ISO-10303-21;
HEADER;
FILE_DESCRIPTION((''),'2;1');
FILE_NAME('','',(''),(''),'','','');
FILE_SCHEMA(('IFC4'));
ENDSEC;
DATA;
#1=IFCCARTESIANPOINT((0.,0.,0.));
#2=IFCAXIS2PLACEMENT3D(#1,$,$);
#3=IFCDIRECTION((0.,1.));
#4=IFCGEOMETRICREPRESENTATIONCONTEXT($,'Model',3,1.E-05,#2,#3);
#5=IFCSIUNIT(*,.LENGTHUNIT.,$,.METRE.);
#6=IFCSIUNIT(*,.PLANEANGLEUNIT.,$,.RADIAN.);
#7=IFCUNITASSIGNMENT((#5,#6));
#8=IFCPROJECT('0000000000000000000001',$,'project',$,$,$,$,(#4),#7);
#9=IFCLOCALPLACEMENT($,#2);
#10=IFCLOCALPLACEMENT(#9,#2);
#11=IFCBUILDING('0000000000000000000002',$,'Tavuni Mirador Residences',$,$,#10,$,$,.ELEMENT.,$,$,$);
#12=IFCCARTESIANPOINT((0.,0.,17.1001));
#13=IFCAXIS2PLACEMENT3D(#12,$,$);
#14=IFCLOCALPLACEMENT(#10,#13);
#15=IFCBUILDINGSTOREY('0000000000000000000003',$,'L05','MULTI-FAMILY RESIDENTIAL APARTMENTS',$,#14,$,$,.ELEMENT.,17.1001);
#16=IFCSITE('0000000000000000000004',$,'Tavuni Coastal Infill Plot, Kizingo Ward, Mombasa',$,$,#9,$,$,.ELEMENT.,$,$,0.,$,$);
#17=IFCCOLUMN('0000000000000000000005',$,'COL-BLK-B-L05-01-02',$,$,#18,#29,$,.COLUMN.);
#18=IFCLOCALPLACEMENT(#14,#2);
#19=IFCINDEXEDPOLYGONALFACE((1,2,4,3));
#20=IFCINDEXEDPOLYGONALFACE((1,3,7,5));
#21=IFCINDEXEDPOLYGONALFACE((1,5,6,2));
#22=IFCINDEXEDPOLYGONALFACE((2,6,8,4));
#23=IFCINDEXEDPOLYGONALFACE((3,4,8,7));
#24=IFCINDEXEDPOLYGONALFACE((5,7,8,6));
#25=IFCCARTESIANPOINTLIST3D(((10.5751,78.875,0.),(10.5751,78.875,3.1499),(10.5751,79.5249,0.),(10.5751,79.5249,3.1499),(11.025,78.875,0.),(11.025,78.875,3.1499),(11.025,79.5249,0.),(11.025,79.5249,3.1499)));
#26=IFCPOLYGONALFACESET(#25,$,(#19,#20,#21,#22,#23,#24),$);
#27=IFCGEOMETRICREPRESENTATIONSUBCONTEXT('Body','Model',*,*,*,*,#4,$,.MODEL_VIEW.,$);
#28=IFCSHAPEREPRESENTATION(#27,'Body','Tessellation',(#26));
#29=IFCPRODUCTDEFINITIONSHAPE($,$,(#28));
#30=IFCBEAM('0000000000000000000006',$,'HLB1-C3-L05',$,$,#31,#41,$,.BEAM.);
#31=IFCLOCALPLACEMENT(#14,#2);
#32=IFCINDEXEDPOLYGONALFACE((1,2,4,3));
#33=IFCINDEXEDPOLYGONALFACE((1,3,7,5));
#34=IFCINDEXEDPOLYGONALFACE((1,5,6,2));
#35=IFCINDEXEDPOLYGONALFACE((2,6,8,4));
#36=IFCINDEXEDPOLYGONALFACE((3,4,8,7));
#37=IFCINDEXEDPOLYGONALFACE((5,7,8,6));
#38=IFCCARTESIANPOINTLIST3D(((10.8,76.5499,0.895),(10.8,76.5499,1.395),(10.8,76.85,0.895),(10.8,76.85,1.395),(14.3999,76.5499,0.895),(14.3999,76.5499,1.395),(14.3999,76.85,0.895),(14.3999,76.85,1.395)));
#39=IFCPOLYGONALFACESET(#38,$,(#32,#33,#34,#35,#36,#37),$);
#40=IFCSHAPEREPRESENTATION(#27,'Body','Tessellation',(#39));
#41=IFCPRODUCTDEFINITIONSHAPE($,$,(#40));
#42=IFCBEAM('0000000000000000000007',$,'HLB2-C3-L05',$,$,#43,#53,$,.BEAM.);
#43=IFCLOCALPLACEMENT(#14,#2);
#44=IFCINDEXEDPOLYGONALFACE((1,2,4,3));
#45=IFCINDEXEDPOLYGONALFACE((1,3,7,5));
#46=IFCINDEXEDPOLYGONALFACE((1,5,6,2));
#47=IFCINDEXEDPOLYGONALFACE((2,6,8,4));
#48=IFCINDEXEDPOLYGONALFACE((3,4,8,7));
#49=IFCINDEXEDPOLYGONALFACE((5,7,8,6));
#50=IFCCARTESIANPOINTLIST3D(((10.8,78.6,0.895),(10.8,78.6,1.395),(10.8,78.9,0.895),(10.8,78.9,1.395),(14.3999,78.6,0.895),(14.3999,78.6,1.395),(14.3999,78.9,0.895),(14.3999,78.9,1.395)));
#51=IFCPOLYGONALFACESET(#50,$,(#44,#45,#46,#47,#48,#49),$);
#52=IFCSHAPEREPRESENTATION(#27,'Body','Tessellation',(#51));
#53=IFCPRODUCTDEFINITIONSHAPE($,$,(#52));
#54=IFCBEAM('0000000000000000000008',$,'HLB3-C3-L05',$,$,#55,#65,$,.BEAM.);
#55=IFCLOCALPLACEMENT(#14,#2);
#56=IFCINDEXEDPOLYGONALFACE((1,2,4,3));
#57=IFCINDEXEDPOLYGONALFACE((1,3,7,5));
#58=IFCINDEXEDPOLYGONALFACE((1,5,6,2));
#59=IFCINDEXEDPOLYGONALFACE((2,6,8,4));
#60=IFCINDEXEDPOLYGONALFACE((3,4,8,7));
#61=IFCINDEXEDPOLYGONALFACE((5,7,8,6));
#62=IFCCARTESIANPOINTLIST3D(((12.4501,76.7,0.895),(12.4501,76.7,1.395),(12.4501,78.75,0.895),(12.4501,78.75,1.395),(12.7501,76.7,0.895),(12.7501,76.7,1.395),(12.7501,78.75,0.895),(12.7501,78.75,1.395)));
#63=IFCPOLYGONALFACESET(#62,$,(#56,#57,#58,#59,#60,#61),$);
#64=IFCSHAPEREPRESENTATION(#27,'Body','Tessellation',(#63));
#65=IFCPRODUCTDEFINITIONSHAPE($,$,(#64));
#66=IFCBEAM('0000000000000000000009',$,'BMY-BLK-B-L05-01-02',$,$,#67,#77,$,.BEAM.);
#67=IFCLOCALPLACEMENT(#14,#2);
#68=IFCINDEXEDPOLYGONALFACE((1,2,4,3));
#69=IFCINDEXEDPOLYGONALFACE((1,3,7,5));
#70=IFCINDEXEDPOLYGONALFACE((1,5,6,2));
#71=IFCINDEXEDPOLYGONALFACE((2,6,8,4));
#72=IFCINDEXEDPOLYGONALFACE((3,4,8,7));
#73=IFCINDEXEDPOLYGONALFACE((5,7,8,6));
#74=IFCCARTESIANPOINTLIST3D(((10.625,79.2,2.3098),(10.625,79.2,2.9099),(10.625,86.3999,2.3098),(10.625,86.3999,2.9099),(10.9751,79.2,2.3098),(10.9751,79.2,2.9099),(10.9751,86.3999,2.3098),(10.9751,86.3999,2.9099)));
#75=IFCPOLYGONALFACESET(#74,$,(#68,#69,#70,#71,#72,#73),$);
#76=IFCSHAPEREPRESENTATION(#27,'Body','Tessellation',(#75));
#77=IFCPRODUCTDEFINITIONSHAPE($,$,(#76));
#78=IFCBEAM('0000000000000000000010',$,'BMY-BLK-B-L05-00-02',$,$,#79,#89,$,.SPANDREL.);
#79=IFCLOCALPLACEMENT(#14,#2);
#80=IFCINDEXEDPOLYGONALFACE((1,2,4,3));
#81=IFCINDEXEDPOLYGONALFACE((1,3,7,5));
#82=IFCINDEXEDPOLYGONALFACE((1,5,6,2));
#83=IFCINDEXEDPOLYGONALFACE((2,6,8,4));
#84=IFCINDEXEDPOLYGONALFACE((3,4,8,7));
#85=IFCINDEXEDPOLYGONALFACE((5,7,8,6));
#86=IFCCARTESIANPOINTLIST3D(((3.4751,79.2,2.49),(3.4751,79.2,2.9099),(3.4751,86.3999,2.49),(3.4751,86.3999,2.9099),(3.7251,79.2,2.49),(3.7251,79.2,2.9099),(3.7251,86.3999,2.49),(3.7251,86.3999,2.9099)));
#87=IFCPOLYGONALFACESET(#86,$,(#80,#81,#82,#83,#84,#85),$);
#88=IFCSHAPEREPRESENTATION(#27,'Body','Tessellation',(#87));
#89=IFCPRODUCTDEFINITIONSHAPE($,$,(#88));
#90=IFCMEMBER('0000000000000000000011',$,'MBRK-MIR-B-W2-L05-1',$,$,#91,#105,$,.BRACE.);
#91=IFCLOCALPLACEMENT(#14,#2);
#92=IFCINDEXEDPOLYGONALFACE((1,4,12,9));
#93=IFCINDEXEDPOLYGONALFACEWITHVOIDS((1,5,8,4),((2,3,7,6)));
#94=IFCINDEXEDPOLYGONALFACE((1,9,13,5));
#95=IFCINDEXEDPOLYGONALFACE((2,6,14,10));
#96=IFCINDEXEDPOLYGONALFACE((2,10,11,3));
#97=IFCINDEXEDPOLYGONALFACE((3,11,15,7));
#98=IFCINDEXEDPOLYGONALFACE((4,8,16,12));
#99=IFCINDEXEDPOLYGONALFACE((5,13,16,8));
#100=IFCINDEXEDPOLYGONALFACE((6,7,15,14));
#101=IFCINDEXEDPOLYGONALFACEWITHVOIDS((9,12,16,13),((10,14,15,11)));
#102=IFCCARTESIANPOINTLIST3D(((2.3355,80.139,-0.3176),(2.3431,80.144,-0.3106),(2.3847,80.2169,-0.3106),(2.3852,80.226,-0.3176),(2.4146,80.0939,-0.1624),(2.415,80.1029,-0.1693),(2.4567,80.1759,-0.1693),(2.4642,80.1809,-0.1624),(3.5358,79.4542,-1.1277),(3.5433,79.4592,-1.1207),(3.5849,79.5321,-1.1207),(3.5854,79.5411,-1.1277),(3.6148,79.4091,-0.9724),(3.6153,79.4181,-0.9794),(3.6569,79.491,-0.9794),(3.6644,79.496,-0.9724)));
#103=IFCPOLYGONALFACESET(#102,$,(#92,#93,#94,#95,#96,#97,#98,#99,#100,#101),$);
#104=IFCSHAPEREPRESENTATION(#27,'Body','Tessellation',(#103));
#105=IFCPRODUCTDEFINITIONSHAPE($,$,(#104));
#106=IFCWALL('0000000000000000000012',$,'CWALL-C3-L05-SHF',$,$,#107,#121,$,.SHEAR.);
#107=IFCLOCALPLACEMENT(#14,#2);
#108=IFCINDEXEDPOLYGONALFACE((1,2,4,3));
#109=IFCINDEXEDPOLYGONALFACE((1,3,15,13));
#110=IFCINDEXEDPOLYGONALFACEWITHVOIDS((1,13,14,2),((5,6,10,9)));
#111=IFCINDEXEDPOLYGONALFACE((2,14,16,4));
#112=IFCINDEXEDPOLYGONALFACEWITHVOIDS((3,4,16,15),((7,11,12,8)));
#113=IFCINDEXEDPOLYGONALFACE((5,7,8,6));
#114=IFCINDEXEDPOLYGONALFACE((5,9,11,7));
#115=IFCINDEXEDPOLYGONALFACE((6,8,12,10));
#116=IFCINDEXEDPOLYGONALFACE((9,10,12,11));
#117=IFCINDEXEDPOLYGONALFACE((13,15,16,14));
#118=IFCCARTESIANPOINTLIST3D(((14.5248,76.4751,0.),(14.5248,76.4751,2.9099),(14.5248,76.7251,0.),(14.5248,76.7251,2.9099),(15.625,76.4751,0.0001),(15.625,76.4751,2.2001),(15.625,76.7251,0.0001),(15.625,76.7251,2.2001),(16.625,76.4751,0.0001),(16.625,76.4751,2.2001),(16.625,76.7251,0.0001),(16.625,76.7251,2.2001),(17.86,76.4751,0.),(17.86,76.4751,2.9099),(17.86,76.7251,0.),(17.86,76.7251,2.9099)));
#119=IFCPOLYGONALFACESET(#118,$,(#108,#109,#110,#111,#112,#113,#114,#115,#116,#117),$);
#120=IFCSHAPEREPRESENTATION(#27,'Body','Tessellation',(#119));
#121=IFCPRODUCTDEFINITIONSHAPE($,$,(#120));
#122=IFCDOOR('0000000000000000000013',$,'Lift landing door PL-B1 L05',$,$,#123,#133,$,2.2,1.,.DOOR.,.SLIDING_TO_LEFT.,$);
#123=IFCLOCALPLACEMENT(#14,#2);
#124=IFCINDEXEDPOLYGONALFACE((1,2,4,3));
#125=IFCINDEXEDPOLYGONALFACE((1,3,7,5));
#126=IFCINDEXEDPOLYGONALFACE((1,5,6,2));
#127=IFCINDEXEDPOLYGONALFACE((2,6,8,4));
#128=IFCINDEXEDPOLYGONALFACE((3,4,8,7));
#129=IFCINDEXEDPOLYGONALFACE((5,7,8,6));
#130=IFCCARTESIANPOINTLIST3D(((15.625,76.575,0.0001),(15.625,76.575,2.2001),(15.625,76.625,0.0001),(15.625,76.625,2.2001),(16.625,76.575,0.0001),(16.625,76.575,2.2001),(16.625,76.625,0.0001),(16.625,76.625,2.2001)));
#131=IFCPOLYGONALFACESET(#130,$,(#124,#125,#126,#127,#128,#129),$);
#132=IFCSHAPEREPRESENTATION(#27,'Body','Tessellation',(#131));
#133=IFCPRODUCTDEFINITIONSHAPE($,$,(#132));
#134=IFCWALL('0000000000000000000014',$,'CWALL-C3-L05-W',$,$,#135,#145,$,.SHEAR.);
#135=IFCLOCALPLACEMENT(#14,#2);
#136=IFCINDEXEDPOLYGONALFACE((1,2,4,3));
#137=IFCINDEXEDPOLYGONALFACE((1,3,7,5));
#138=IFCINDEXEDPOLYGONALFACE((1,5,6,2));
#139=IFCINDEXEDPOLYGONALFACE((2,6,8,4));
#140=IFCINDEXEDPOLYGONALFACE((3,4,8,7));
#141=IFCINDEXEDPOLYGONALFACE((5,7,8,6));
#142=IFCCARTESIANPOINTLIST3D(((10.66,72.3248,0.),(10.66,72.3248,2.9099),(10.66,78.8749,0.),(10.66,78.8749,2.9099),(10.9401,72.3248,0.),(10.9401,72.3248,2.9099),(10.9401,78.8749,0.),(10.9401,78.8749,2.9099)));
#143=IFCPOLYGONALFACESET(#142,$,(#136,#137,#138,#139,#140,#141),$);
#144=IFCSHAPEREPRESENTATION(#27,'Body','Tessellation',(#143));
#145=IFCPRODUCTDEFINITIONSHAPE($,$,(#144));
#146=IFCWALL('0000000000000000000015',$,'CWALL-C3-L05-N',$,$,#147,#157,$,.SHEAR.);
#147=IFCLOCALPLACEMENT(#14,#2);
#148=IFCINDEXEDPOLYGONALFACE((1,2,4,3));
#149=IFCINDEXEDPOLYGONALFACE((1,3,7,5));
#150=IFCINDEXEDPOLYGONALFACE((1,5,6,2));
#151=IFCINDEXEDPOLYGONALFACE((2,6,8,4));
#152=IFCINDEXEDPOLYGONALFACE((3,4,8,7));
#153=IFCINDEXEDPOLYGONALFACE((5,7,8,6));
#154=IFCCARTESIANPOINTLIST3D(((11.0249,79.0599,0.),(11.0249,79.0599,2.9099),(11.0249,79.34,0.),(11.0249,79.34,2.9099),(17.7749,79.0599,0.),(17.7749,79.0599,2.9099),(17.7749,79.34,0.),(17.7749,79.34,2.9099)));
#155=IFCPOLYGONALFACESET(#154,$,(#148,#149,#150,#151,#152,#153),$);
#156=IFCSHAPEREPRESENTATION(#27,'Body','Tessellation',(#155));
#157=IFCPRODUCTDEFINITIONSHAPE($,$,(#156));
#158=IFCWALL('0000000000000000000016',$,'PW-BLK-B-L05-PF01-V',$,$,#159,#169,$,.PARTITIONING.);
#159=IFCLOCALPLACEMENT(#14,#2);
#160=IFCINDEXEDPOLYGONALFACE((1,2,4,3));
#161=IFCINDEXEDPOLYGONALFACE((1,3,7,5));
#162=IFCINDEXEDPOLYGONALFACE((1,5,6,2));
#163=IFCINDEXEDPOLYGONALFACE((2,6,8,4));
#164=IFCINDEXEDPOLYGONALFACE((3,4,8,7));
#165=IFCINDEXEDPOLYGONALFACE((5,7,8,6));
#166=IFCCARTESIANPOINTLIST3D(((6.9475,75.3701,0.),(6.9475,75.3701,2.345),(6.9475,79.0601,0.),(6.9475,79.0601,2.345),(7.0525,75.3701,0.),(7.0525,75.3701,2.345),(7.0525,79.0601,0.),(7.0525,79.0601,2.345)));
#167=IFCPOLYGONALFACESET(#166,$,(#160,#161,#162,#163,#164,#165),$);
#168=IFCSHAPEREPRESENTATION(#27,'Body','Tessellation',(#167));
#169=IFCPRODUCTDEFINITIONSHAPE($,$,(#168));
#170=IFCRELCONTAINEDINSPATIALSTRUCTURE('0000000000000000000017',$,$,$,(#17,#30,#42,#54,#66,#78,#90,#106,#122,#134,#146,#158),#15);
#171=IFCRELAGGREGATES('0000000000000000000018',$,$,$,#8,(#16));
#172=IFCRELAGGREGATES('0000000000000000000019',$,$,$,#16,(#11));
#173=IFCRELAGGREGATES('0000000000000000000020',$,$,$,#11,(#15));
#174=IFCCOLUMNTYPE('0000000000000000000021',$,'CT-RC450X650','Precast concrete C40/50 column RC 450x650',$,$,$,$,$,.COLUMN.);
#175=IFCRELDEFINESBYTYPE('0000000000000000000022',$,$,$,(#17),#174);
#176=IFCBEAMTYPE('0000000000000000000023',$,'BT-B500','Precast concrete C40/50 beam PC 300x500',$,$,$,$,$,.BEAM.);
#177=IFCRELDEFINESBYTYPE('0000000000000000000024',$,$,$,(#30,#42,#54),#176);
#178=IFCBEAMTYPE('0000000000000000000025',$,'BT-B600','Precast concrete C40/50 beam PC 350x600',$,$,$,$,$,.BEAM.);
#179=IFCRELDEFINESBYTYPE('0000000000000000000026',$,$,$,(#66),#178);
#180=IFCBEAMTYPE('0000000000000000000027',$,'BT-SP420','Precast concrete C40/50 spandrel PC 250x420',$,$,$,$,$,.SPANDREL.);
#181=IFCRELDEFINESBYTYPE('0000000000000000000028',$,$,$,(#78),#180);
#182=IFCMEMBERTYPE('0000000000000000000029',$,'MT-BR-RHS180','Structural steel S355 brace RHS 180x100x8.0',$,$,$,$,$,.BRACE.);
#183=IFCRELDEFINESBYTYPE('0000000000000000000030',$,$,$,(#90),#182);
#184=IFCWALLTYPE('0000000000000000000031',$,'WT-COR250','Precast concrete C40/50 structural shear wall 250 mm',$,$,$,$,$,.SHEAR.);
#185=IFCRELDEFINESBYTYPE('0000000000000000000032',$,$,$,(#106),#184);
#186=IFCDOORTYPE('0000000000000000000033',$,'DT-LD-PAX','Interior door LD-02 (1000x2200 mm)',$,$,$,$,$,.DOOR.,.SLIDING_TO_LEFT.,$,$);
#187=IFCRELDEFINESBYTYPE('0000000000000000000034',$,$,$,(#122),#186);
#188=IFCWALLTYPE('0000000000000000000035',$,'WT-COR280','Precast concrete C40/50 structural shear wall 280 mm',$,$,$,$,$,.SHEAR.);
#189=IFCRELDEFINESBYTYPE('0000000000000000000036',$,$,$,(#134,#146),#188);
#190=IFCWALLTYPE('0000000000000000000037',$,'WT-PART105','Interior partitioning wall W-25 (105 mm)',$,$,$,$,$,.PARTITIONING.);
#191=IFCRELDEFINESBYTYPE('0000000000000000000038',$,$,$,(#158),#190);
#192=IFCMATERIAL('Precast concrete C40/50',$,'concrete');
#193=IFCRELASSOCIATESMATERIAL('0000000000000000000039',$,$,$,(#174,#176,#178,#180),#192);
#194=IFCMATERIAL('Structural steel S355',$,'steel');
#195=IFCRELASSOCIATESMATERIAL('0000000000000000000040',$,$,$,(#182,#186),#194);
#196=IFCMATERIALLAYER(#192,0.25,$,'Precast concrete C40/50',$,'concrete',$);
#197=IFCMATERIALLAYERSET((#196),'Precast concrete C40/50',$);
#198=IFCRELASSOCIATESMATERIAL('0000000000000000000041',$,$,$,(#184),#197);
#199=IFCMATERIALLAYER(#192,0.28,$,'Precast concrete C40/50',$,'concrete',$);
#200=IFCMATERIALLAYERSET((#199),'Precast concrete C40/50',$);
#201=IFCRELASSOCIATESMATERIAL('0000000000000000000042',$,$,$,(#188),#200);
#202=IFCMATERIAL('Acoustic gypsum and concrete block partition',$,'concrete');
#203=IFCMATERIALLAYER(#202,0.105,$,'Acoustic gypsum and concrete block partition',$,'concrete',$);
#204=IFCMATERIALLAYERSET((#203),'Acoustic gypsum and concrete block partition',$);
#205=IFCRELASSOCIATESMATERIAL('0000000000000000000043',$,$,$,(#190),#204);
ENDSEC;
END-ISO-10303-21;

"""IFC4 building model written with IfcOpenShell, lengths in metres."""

from ifc_helpers import new_model, si_unit, direction, frame, frame_2d, origin, origin_2d, place, context, subcontext, project, spatial, rectangle, hollow_rectangle, extrude, material, layer, layer_set, material_profile, profile_set, type_object, element, fill, save


model = new_model("IFC4")

# Units and contexts
model_context = context("Model", 3, precision=1e-05, world=origin(), true_north=direction((0.0, 1.0)))
body_context = subcontext(model_context, "Body", "Model", "MODEL_VIEW")
ifc_project = project(units=[si_unit("LENGTHUNIT", "METRE"), si_unit("PLANEANGLEUNIT", "RADIAN")], contexts=[model_context])

# Site, building, storey
site_placement = place(None, origin())
site = spatial("IfcSite", under=ifc_project, at=site_placement, Name="Tavuni Coastal Infill Plot, Kizingo Ward, Mombasa", CompositionType="ELEMENT", RefElevation=0.0)
building_placement = place(site_placement, origin())
building = spatial("IfcBuilding", under=site, at=building_placement, Name="Tavuni Mirador Residences", CompositionType="ELEMENT")
storey_placement = place(building_placement, frame((0.0, 0.0, 17.1001)))
storey = spatial("IfcBuildingStorey", under=building, at=storey_placement, Name="L05", Description="MULTI-FAMILY RESIDENTIAL APARTMENTS", CompositionType="ELEMENT", Elevation=17.1001)

# Column
ifc_material_1 = material(Name="Precast concrete C40/50", Category="concrete")
ifc_material_profile_1 = material_profile(ifc_material_1, rectangle(XDim=0.45, YDim=0.6499, at=origin_2d()), Name="RC 450x650", Category="concrete")
ifc_profile_set_1 = profile_set([ifc_material_profile_1], Name="Precast concrete C40/50")
column_type = type_object("IfcColumnType", Name="CT-RC450X650", Description="Precast concrete C40/50 column RC 450x650", PredefinedType="COLUMN", material=ifc_profile_set_1)
column_placement = place(storey_placement, frame((10.8, 79.2, 0.0), z_axis=(0.0, 0.0, 1.0), x_axis=(1.0, 0.0, 0.0)))
element("IfcColumn", 1, at=column_placement, inside=storey, type_object=column_type, Name="COL-BLK-B-L05-01-02", PredefinedType="COLUMN", context=body_context, shape_type="SweptSolid", body=[
    extrude(rectangle(XDim=0.45, YDim=0.6499, at=origin_2d()), origin(), (0.0, 0.0, 1.0), 3.1499),
])

# Beams
ifc_material_profile_2 = material_profile(ifc_material_1, rectangle(XDim=0.3, YDim=0.5, at=origin_2d()), Name="PC 300x500", Category="concrete")
ifc_profile_set_2 = profile_set([ifc_material_profile_2], Name="Precast concrete C40/50")
beam_type_1 = type_object("IfcBeamType", Name="BT-B500", Description="Precast concrete C40/50 beam PC 300x500", PredefinedType="BEAM", material=ifc_profile_set_2)
for number, where, z_axis, x_axis, name in (
    (2, (10.8, 76.7, 1.145), (1.0, 0.0, 0.0), (0.0, 1.0, 0.0), "HLB1-C3-L05"),
    (3, (10.8, 78.75, 1.145), (1.0, 0.0, 0.0), (0.0, 1.0, 0.0), "HLB2-C3-L05"),
):
    element("IfcBeam", number, at=place(storey_placement, frame(where, z_axis=z_axis, x_axis=x_axis)), inside=storey, type_object=beam_type_1, Name=name, PredefinedType="BEAM", context=body_context, shape_type="SweptSolid", body=[
        extrude(rectangle(XDim=0.3, YDim=0.5, at=origin_2d()), origin(), (0.0, 0.0, 1.0), 3.5999),
    ])
beam_1_placement = place(storey_placement, frame((12.6001, 76.7, 1.145), z_axis=(0.0, 1.0, 0.0), x_axis=(-1.0, 0.0, 0.0)))
element("IfcBeam", 4, at=beam_1_placement, inside=storey, type_object=beam_type_1, Name="HLB3-C3-L05", PredefinedType="BEAM", context=body_context, shape_type="SweptSolid", body=[
    extrude(rectangle(XDim=0.3, YDim=0.5, at=origin_2d()), origin(), (0.0, 0.0, 1.0), 2.05),
])
ifc_material_profile_3 = material_profile(ifc_material_1, rectangle(XDim=0.3501, YDim=0.6001, at=origin_2d()), Name="PC 350x600", Category="concrete")
ifc_profile_set_3 = profile_set([ifc_material_profile_3], Name="Precast concrete C40/50")
beam_type_2 = type_object("IfcBeamType", Name="BT-B600", Description="Precast concrete C40/50 beam PC 350x600", PredefinedType="BEAM", material=ifc_profile_set_3)
beam_2_placement = place(storey_placement, frame((10.8, 79.2, 2.6099), z_axis=(0.0, 1.0, 0.0), x_axis=(-1.0, 0.0, 0.0)))
element("IfcBeam", 5, at=beam_2_placement, inside=storey, type_object=beam_type_2, Name="BMY-BLK-B-L05-01-02", PredefinedType="BEAM", context=body_context, shape_type="SweptSolid", body=[
    extrude(rectangle(XDim=0.3501, YDim=0.6001, at=origin_2d()), origin(), (0.0, 0.0, 1.0), 7.2),
])
ifc_material_profile_4 = material_profile(ifc_material_1, rectangle(XDim=0.25, YDim=0.4199, at=origin_2d()), Name="PC 250x420", Category="concrete")
ifc_profile_set_4 = profile_set([ifc_material_profile_4], Name="Precast concrete C40/50")
beam_type_3 = type_object("IfcBeamType", Name="BT-SP420", Description="Precast concrete C40/50 spandrel PC 250x420", PredefinedType="SPANDREL", material=ifc_profile_set_4)
beam_3_placement = place(storey_placement, frame((3.6001, 79.2, 2.7), z_axis=(0.0, 1.0, 0.0), x_axis=(-1.0, 0.0, 0.0)))
element("IfcBeam", 6, at=beam_3_placement, inside=storey, type_object=beam_type_3, Name="BMY-BLK-B-L05-00-02", PredefinedType="SPANDREL", context=body_context, shape_type="SweptSolid", body=[
    extrude(rectangle(XDim=0.25, YDim=0.4199, at=origin_2d()), origin(), (0.0, 0.0, 1.0), 7.2),
])

# Member
ifc_material_2 = material(Name="Structural steel S355", Category="steel")
ifc_material_profile_5 = material_profile(ifc_material_2, hollow_rectangle(XDim=0.1001, YDim=0.1799, WallThickness=0.0081, at=origin_2d()), Name="RHS 180x100x8.0", Category="steel")
ifc_profile_set_5 = profile_set([ifc_material_profile_5], Name="Structural steel S355")
member_type = type_object("IfcMemberType", Name="MT-BR-RHS180", Description="Structural steel S355 brace RHS 180x100x8.0", PredefinedType="BRACE", material=ifc_profile_set_5)
member_placement = place(storey_placement, frame((3.6001, 79.4751, -1.05), z_axis=(-0.749298, 0.427539, 0.50573), x_axis=(-0.495587, -0.868558, 0.0)))
element("IfcMember", 7, at=member_placement, inside=storey, type_object=member_type, Name="MBRK-MIR-B-W2-L05-1", PredefinedType="BRACE", context=body_context, shape_type="SweptSolid", body=[
    extrude(hollow_rectangle(XDim=0.1001, YDim=0.1799, WallThickness=0.0081, at=origin_2d()), origin(), (0.0, 0.0, 1.0), 1.6018),
])

# Wall, opening, door
ifc_layer_1 = layer(ifc_material_1, 0.25, Name="Precast concrete C40/50", Category="concrete")
ifc_layer_set_1 = layer_set([ifc_layer_1], Name="Precast concrete C40/50")
wall_type_1 = type_object("IfcWallType", Name="WT-COR250", Description="Precast concrete C40/50 structural shear wall 250 mm", PredefinedType="SHEAR", material=ifc_layer_set_1)
wall_1_placement = place(storey_placement, frame((14.5249, 76.6001, 0.0), z_axis=(0.0, 0.0, 1.0), x_axis=(1.0, 0.0, 0.0)))
wall_1 = element("IfcWall", 8, at=wall_1_placement, inside=storey, type_object=wall_type_1, Name="CWALL-C3-L05-SHF", PredefinedType="SHEAR", context=body_context, shape_type="SweptSolid", body=[
    extrude(rectangle(XDim=3.3352, YDim=0.25, at=frame_2d((1.6675, 0.0))), origin(), (0.0, 0.0, 1.0), 2.9099),
])
opening_1_placement = place(wall_1_placement, frame((1.1001, 0.0, 0.0)))
opening_1 = element("IfcOpeningElement", 9, at=opening_1_placement, cuts=wall_1, PredefinedType="OPENING", context=body_context, shape_type="SweptSolid", body=[
    extrude(rectangle(XDim=1.0, YDim=2.2, at=frame_2d((0.5, 1.1001))), frame((0.0, 0.135, 0.0), z_axis=(0.0, -1.0, 0.0), x_axis=(1.0, 0.0, 0.0)), (0.0, 0.0, 1.0), 0.27),
])
door_type_1 = type_object("IfcDoorType", Name="DT-LD-PAX", Description="Interior door LD-02 (1000x2200 mm)", OperationType="SLIDING_TO_LEFT", PredefinedType="DOOR", material=ifc_material_2)
door_1_placement = place(opening_1_placement, origin())
door_1 = element("IfcDoor", 10, at=door_1_placement, inside=storey, type_object=door_type_1, Name="Lift landing door PL-B1 L05", OperationType="SLIDING_TO_LEFT", OverallHeight=2.2, OverallWidth=1.0, PredefinedType="DOOR", context=body_context, shape_type="SweptSolid", body=[
    extrude(rectangle(XDim=1.0, YDim=2.2, at=frame_2d((0.5, 1.1001))), frame((0.0, 0.0249, 0.0), z_axis=(0.0, -1.0, 0.0), x_axis=(1.0, 0.0, 0.0)), (0.0, 0.0, 1.0), 0.05),
])
fill(opening_1, door_1)

# Walls
ifc_layer_2 = layer(ifc_material_1, 0.28, Name="Precast concrete C40/50", Category="concrete")
ifc_layer_set_2 = layer_set([ifc_layer_2], Name="Precast concrete C40/50")
wall_type_2 = type_object("IfcWallType", Name="WT-COR280", Description="Precast concrete C40/50 structural shear wall 280 mm", PredefinedType="SHEAR", material=ifc_layer_set_2)
wall_2_placement = place(storey_placement, frame((10.8, 72.325, 0.0), z_axis=(0.0, 0.0, 1.0), x_axis=(0.0, 1.0, 0.0)))
element("IfcWall", 11, at=wall_2_placement, inside=storey, type_object=wall_type_2, Name="CWALL-C3-L05-W", PredefinedType="SHEAR", context=body_context, shape_type="SweptSolid", body=[
    extrude(rectangle(XDim=6.55, YDim=0.28, at=frame_2d((3.2749, 0.0))), origin(), (0.0, 0.0, 1.0), 2.9099),
])
wall_3_placement = place(storey_placement, frame((11.0249, 79.2, 0.0), z_axis=(0.0, 0.0, 1.0), x_axis=(1.0, 0.0, 0.0)))
element("IfcWall", 12, at=wall_3_placement, inside=storey, type_object=wall_type_2, Name="CWALL-C3-L05-N", PredefinedType="SHEAR", context=body_context, shape_type="SweptSolid", body=[
    extrude(rectangle(XDim=6.75, YDim=0.28, at=frame_2d((3.375, 0.0))), origin(), (0.0, 0.0, 1.0), 2.9099),
])

# Wall
ifc_material_3 = material(Name="Acoustic gypsum and concrete block partition", Category="concrete")
ifc_layer_3 = layer(ifc_material_3, 0.105, Name="Acoustic gypsum and concrete block partition", Category="concrete")
ifc_layer_set_3 = layer_set([ifc_layer_3], Name="Acoustic gypsum and concrete block partition")
wall_type_3 = type_object("IfcWallType", Name="WT-PART105", Description="Interior partitioning wall W-25 (105 mm)", PredefinedType="PARTITIONING", material=ifc_layer_set_3)
wall_4_placement = place(storey_placement, frame((7.0, 75.3701, 0.0), z_axis=(0.0, 0.0, 1.0), x_axis=(0.0, 1.0, 0.0)))
element("IfcWall", 13, at=wall_4_placement, inside=storey, type_object=wall_type_3, Name="PW-BLK-B-L05-PF01-V", PredefinedType="PARTITIONING", context=body_context, shape_type="SweptSolid", body=[
    extrude(rectangle(XDim=3.6899, YDim=0.105, at=frame_2d((1.845, 0.0))), origin(), (0.0, 0.0, 1.0), 2.345),
])

save(model, "model.ifc")
